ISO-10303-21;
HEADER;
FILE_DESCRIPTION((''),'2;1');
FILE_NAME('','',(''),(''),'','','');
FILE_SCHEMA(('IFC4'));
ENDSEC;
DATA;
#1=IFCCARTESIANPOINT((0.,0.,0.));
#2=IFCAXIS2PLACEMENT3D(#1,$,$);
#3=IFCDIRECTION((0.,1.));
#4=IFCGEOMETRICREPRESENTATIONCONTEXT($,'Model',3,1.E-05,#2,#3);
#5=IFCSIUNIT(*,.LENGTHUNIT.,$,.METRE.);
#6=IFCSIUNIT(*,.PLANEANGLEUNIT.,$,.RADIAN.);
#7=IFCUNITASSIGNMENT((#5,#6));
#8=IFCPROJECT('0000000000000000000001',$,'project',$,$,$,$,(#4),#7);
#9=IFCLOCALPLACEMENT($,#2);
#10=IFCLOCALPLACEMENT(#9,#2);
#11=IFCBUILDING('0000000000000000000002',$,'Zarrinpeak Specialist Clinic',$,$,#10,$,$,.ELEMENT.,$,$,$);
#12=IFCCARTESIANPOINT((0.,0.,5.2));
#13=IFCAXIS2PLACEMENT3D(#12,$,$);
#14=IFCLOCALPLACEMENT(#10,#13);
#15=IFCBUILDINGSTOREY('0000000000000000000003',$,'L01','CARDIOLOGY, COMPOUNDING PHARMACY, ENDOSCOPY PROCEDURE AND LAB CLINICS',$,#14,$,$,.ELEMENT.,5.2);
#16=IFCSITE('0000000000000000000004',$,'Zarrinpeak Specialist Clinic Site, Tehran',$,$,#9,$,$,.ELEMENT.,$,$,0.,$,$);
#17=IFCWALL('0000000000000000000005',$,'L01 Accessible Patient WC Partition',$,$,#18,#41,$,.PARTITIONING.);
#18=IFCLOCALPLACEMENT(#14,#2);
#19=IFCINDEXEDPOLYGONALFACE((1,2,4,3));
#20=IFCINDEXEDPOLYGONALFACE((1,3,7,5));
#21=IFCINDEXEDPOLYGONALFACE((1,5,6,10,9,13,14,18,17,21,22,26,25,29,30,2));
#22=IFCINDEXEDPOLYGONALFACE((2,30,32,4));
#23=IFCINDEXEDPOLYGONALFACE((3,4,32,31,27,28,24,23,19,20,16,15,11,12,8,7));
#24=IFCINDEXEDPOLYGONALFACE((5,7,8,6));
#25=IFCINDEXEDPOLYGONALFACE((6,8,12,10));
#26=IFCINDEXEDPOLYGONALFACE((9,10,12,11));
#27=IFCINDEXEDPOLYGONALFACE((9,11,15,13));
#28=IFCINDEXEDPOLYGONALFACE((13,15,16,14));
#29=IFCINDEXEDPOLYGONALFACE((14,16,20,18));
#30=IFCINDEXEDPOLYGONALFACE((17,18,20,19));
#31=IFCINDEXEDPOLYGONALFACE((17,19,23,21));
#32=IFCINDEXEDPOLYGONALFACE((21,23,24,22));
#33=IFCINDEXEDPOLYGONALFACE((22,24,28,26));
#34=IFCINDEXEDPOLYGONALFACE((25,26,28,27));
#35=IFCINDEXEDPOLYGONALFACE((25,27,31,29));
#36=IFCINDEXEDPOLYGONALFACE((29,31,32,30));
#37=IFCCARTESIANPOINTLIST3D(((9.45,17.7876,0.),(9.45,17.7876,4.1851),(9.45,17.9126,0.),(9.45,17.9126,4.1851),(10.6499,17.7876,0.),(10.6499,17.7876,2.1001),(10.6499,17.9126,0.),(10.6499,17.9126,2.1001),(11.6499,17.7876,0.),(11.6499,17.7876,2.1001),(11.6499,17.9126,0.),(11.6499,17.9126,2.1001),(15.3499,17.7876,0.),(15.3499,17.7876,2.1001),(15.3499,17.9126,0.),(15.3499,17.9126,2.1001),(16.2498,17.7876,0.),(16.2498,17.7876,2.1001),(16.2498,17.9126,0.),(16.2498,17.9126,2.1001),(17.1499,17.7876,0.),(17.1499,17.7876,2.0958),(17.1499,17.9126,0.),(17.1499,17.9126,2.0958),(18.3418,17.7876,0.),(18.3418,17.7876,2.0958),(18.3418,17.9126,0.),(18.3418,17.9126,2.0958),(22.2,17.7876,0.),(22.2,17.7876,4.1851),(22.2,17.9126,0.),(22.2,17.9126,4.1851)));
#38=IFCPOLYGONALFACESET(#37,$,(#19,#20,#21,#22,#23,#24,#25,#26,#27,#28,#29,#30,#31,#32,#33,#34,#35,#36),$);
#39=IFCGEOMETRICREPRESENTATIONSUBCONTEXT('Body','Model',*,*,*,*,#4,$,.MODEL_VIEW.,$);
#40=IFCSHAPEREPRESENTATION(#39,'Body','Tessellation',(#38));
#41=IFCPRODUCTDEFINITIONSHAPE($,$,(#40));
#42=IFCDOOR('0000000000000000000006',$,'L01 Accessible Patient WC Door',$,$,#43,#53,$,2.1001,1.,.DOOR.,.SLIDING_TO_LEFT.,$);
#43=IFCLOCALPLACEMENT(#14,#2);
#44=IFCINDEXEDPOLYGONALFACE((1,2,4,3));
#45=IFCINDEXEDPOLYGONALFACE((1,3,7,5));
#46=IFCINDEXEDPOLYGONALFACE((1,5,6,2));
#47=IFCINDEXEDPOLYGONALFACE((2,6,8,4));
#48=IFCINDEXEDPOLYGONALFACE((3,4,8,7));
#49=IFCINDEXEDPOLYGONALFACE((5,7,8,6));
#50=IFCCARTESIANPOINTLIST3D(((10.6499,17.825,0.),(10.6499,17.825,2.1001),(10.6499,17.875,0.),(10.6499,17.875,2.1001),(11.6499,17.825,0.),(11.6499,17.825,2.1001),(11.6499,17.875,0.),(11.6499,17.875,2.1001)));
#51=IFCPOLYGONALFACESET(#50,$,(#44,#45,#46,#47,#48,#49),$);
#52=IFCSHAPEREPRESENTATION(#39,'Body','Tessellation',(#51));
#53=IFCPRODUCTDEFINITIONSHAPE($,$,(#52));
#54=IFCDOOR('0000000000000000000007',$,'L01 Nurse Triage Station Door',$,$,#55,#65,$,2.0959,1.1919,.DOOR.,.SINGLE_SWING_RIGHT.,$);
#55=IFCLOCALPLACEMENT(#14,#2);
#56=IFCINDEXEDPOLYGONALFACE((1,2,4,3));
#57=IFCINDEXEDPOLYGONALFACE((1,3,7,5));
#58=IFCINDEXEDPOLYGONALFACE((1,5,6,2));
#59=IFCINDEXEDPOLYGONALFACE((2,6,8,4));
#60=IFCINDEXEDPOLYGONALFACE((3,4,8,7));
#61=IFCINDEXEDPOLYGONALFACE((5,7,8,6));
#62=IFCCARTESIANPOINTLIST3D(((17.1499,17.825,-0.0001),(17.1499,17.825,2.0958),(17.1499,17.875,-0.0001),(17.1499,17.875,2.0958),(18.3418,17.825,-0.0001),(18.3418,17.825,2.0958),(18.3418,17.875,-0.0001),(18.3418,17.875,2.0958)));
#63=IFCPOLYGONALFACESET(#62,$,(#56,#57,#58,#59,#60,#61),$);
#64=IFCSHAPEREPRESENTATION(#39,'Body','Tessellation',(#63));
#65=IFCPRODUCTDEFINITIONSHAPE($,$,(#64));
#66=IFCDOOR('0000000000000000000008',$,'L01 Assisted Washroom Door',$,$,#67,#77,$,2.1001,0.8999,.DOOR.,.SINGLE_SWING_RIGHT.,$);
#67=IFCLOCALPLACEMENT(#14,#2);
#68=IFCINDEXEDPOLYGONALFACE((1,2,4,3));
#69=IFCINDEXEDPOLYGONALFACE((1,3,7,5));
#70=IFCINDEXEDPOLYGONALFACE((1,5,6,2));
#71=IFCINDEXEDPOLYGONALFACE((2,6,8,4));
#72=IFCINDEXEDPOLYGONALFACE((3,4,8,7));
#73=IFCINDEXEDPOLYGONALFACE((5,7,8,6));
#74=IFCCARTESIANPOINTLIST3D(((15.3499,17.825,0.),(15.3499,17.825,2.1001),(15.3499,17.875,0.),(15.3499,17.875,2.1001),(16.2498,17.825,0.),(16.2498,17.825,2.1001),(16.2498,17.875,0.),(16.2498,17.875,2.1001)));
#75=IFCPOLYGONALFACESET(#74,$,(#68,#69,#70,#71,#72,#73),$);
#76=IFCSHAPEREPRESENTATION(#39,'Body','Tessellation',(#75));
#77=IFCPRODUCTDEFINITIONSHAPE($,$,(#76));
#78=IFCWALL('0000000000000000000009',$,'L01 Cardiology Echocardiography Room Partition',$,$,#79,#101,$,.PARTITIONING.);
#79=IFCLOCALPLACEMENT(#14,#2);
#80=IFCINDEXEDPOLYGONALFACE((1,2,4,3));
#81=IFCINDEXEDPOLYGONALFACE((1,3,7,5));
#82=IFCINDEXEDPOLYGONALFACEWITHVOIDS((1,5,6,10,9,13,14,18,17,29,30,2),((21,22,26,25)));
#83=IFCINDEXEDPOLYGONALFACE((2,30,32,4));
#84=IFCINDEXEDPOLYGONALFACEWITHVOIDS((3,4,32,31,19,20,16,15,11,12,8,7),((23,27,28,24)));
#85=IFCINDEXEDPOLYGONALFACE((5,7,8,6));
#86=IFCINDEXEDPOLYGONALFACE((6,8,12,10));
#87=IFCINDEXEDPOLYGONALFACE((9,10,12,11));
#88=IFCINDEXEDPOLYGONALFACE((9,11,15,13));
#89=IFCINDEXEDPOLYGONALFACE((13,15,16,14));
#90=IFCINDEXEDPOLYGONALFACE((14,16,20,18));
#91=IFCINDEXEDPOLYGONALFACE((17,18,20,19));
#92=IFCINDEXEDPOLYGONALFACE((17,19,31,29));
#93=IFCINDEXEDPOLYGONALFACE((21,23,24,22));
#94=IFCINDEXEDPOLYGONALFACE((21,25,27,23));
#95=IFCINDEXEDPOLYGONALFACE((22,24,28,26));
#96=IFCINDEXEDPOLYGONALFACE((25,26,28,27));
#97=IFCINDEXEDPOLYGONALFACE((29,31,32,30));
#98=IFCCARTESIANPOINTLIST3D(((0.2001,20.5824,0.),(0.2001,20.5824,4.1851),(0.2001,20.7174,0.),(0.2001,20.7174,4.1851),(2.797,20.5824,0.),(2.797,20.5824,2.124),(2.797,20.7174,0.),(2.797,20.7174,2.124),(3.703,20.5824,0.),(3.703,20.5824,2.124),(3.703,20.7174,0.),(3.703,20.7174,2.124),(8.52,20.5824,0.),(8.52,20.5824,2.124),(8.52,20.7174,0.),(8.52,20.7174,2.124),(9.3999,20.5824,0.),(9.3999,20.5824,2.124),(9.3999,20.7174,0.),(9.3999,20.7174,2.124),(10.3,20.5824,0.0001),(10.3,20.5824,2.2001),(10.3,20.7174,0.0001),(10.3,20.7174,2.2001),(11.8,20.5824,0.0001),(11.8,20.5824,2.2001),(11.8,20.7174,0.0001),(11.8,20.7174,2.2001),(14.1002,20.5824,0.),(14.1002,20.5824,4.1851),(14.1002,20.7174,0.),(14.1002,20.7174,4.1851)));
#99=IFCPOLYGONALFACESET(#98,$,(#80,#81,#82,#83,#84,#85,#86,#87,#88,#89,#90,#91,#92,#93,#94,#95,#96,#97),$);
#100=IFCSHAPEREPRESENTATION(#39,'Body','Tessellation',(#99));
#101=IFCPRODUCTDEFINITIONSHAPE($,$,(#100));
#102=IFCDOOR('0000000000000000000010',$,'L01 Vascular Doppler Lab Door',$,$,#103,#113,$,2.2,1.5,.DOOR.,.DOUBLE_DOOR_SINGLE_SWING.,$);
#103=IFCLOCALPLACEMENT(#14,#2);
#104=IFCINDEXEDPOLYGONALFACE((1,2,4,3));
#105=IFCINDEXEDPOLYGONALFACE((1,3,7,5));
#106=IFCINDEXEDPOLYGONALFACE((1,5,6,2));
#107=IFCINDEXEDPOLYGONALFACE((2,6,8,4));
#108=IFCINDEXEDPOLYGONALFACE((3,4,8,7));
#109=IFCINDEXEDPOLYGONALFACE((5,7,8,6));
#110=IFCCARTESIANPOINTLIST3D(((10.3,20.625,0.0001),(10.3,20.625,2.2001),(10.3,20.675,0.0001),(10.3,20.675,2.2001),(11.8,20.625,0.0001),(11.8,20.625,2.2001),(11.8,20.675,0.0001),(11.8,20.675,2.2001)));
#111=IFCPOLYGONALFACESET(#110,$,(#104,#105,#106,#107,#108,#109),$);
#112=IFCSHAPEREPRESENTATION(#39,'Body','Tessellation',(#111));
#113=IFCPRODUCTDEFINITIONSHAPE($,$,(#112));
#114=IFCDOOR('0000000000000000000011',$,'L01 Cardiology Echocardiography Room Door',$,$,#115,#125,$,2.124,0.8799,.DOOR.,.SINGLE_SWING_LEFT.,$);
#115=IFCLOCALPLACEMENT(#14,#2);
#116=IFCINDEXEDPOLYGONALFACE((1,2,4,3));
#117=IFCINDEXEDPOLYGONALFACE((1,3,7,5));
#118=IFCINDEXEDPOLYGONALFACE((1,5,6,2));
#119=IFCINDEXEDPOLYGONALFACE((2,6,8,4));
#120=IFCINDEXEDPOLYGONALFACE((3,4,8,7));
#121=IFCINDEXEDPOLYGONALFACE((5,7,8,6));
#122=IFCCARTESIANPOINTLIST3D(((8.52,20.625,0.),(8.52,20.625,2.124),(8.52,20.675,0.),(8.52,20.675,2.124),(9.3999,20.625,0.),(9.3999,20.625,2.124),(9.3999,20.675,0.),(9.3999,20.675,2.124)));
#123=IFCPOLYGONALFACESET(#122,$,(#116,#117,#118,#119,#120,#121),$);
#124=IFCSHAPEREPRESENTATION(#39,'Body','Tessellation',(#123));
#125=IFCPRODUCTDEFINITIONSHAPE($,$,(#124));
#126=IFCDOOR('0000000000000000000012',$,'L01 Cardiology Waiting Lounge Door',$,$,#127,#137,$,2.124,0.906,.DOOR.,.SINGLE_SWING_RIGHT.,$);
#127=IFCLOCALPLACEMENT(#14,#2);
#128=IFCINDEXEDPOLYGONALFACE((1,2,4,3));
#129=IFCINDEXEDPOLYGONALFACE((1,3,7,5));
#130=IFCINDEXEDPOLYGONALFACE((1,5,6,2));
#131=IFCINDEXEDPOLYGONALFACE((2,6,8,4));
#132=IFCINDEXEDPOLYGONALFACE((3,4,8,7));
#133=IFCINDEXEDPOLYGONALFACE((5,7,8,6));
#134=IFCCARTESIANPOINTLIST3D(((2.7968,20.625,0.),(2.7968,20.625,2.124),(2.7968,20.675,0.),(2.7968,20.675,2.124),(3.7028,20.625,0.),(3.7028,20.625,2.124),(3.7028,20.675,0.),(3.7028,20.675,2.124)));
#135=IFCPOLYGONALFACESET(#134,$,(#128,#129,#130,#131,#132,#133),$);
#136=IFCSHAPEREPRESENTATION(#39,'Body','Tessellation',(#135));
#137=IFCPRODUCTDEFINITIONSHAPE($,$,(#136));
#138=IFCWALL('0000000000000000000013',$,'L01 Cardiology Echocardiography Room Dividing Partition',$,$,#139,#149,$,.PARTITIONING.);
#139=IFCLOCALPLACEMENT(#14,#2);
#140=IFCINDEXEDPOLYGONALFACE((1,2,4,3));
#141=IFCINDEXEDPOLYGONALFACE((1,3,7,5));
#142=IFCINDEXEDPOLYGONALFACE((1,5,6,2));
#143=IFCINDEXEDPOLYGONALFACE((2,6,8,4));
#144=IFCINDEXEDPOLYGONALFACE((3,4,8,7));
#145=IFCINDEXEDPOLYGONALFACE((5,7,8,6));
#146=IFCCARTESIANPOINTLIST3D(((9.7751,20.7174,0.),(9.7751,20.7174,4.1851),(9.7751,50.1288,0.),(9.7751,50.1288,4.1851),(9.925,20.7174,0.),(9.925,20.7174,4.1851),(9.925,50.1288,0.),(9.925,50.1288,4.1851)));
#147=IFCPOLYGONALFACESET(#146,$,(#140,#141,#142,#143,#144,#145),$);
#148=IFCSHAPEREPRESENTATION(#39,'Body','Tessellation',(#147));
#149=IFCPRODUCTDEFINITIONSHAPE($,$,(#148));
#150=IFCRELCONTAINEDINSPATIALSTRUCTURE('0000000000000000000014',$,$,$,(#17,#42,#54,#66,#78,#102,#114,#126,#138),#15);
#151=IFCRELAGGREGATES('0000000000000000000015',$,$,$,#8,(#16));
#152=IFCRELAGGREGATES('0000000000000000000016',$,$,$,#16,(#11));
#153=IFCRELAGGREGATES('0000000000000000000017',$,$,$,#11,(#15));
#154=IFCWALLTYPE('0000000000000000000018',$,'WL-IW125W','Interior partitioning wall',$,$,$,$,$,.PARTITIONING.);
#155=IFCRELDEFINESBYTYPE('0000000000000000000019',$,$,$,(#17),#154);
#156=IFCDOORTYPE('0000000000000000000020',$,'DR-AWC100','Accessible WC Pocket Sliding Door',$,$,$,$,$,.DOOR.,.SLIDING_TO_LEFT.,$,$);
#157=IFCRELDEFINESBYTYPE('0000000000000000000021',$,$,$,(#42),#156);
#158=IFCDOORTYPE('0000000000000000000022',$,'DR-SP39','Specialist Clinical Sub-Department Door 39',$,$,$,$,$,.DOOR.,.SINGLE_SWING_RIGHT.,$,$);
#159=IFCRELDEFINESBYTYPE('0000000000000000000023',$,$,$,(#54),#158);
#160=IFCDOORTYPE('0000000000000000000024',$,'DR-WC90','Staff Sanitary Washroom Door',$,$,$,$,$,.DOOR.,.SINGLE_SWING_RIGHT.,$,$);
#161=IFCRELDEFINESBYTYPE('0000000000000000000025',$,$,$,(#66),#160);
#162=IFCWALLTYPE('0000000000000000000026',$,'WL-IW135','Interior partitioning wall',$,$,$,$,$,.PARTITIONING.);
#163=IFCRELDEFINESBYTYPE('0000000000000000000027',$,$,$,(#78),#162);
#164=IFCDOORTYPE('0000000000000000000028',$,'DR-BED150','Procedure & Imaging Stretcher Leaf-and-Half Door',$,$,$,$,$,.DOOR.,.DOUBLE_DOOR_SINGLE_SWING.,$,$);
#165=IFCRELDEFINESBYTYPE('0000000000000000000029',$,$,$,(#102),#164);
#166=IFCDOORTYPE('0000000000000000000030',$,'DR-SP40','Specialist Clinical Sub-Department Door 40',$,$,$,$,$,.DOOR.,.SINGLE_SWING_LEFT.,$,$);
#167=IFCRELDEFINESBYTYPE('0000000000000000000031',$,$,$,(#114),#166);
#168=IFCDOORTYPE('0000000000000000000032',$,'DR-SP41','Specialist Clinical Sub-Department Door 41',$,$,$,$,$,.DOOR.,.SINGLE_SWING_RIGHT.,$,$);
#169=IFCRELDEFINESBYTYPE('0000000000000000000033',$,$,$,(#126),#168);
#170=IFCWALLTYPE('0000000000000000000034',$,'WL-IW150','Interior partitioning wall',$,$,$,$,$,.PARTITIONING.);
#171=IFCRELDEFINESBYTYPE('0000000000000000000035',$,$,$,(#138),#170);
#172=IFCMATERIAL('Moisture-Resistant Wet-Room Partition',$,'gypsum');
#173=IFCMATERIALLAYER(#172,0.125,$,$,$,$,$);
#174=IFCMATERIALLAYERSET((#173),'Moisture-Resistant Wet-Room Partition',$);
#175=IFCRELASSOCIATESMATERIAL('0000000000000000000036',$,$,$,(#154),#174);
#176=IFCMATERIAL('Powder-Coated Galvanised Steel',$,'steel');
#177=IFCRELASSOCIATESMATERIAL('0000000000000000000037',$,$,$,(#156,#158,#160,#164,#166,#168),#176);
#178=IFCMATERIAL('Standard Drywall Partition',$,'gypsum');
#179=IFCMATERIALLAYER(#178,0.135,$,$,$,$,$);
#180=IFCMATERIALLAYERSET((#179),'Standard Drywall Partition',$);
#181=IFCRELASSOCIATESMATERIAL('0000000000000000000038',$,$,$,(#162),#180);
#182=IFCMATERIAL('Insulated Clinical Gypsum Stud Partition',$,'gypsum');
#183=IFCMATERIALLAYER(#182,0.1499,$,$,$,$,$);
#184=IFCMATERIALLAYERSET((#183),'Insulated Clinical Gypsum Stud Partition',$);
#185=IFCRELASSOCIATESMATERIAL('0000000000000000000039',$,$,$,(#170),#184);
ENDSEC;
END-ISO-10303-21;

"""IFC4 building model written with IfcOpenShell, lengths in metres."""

from ifc_helpers import new_model, si_unit, direction, frame, frame_2d, origin, place, context, subcontext, project, spatial, rectangle, extrude, material, layer, layer_set, type_object, element, fill, save


model = new_model("IFC4")

# Units and contexts
model_context = context("Model", 3, precision=1e-05, world=origin(), true_north=direction((0.0, 1.0)))
body_context = subcontext(model_context, "Body", "Model", "MODEL_VIEW")
ifc_project = project(units=[si_unit("LENGTHUNIT", "METRE"), si_unit("PLANEANGLEUNIT", "RADIAN")], contexts=[model_context])

# Site, building, storey
site_placement = place(None, origin())
site = spatial("IfcSite", under=ifc_project, at=site_placement, Name="Zarrinpeak Specialist Clinic Site, Tehran", CompositionType="ELEMENT", RefElevation=0.0)
building_placement = place(site_placement, origin())
building = spatial("IfcBuilding", under=site, at=building_placement, Name="Zarrinpeak Specialist Clinic", CompositionType="ELEMENT")
storey_placement = place(building_placement, frame((0.0, 0.0, 5.2)))
storey = spatial("IfcBuildingStorey", under=building, at=storey_placement, Name="L01", Description="CARDIOLOGY, COMPOUNDING PHARMACY, ENDOSCOPY PROCEDURE AND LAB CLINICS", CompositionType="ELEMENT", Elevation=5.2)

# Walls, openings, doors
ifc_material_1 = material(Name="Moisture-Resistant Wet-Room Partition", Category="gypsum")
ifc_layer_1 = layer(ifc_material_1, 0.125)
ifc_layer_set_1 = layer_set([ifc_layer_1], Name="Moisture-Resistant Wet-Room Partition")
wall_type_1 = type_object("IfcWallType", Name="WL-IW125W", Description="Interior partitioning wall", PredefinedType="PARTITIONING", material=ifc_layer_set_1)
wall_1_placement = place(storey_placement, frame((9.45, 17.8501, 0.0), z_axis=(0.0, 0.0, 1.0), x_axis=(1.0, 0.0, 0.0)))
wall_1 = element("IfcWall", 1, at=wall_1_placement, inside=storey, type_object=wall_type_1, Name="L01 Accessible Patient WC Partition", PredefinedType="PARTITIONING", context=body_context, shape_type="SweptSolid", body=[
    extrude(rectangle(XDim=12.75, YDim=0.125, at=frame_2d((6.375, 0.0))), origin(), (0.0, 0.0, 1.0), 4.1851),
])
opening_1_placement = place(wall_1_placement, frame((1.2, 0.0, 0.0)))
opening_1 = element("IfcOpeningElement", 2, at=opening_1_placement, cuts=wall_1, PredefinedType="OPENING", context=body_context, shape_type="SweptSolid", body=[
    extrude(rectangle(XDim=1.0, YDim=2.1001, at=frame_2d((0.5, 1.05))), frame((0.0, 0.0725, 0.0), z_axis=(0.0, -1.0, 0.0), x_axis=(1.0, 0.0, 0.0)), (0.0, 0.0, 1.0), 0.145),
])
opening_2_placement = place(wall_1_placement, frame((5.8999, 0.0, 0.0)))
opening_2 = element("IfcOpeningElement", 3, at=opening_2_placement, cuts=wall_1, PredefinedType="OPENING", context=body_context, shape_type="SweptSolid", body=[
    extrude(rectangle(XDim=0.8999, YDim=2.1001, at=frame_2d((0.45, 1.05))), frame((0.0, 0.0725, 0.0), z_axis=(0.0, -1.0, 0.0), x_axis=(1.0, 0.0, 0.0)), (0.0, 0.0, 1.0), 0.145),
])
opening_3_placement = place(wall_1_placement, frame((7.7, 0.0, 0.0)))
opening_3 = element("IfcOpeningElement", 4, at=opening_3_placement, cuts=wall_1, PredefinedType="OPENING", context=body_context, shape_type="SweptSolid", body=[
    extrude(rectangle(XDim=1.1919, YDim=2.0959, at=frame_2d((0.5959, 1.0479))), frame((0.0, 0.0725, 0.0), z_axis=(0.0, -1.0, 0.0), x_axis=(1.0, 0.0, 0.0)), (0.0, 0.0, 1.0), 0.145),
])
ifc_material_2 = material(Name="Powder-Coated Galvanised Steel", Category="steel")
door_type_1 = type_object("IfcDoorType", Name="DR-AWC100", Description="Accessible WC Pocket Sliding Door", OperationType="SLIDING_TO_LEFT", PredefinedType="DOOR", material=ifc_material_2)
door_1_placement = place(opening_1_placement, origin())
door_1 = element("IfcDoor", 5, at=door_1_placement, inside=storey, type_object=door_type_1, Name="L01 Accessible Patient WC Door", OperationType="SLIDING_TO_LEFT", OverallHeight=2.1001, OverallWidth=1.0, PredefinedType="DOOR", context=body_context, shape_type="SweptSolid", body=[
    extrude(rectangle(XDim=1.0, YDim=2.1001, at=frame_2d((0.5, 1.05))), frame((0.0, 0.0249, 0.0), z_axis=(0.0, -1.0, 0.0), x_axis=(1.0, 0.0, 0.0)), (0.0, 0.0, 1.0), 0.05),
])
fill(opening_1, door_1)
door_type_2 = type_object("IfcDoorType", Name="DR-SP39", Description="Specialist Clinical Sub-Department Door 39", OperationType="SINGLE_SWING_RIGHT", PredefinedType="DOOR", material=ifc_material_2)
door_2_placement = place(opening_3_placement, origin())
door_2 = element("IfcDoor", 6, at=door_2_placement, inside=storey, type_object=door_type_2, Name="L01 Nurse Triage Station Door", OperationType="SINGLE_SWING_RIGHT", OverallHeight=2.0959, OverallWidth=1.1919, PredefinedType="DOOR", context=body_context, shape_type="SweptSolid", body=[
    extrude(rectangle(XDim=1.1919, YDim=2.0959, at=frame_2d((0.5959, 1.0479))), frame((0.0, 0.0249, 0.0), z_axis=(0.0, -1.0, 0.0), x_axis=(1.0, 0.0, 0.0)), (0.0, 0.0, 1.0), 0.05),
])
fill(opening_3, door_2)
door_type_3 = type_object("IfcDoorType", Name="DR-WC90", Description="Staff Sanitary Washroom Door", OperationType="SINGLE_SWING_RIGHT", PredefinedType="DOOR", material=ifc_material_2)
door_3_placement = place(opening_2_placement, origin())
door_3 = element("IfcDoor", 7, at=door_3_placement, inside=storey, type_object=door_type_3, Name="L01 Assisted Washroom Door", OperationType="SINGLE_SWING_RIGHT", OverallHeight=2.1001, OverallWidth=0.8999, PredefinedType="DOOR", context=body_context, shape_type="SweptSolid", body=[
    extrude(rectangle(XDim=0.8999, YDim=2.1001, at=frame_2d((0.45, 1.05))), frame((0.0, 0.0249, 0.0), z_axis=(0.0, -1.0, 0.0), x_axis=(1.0, 0.0, 0.0)), (0.0, 0.0, 1.0), 0.05),
])
fill(opening_2, door_3)
ifc_material_3 = material(Name="Standard Drywall Partition", Category="gypsum")
ifc_layer_2 = layer(ifc_material_3, 0.135)
ifc_layer_set_2 = layer_set([ifc_layer_2], Name="Standard Drywall Partition")
wall_type_2 = type_object("IfcWallType", Name="WL-IW135", Description="Interior partitioning wall", PredefinedType="PARTITIONING", material=ifc_layer_set_2)
wall_2_placement = place(storey_placement, frame((0.2, 20.6499, 0.0), z_axis=(0.0, 0.0, 1.0), x_axis=(1.0, 0.0, 0.0)))
wall_2 = element("IfcWall", 8, at=wall_2_placement, inside=storey, type_object=wall_type_2, Name="L01 Cardiology Echocardiography Room Partition", PredefinedType="PARTITIONING", context=body_context, shape_type="SweptSolid", body=[
    extrude(rectangle(XDim=13.9001, YDim=0.135, at=frame_2d((6.9502, 0.0))), origin(), (0.0, 0.0, 1.0), 4.1851),
])
opening_4_placement = place(wall_2_placement, frame((8.3201, 0.0, 0.0)))
opening_4 = element("IfcOpeningElement", 9, at=opening_4_placement, cuts=wall_2, PredefinedType="OPENING", context=body_context, shape_type="SweptSolid", body=[
    extrude(rectangle(XDim=0.8799, YDim=2.124, at=frame_2d((0.4399, 1.062))), frame((0.0, 0.0776, 0.0), z_axis=(0.0, -1.0, 0.0), x_axis=(1.0, 0.0, 0.0)), (0.0, 0.0, 1.0), 0.155),
])
opening_5_placement = place(wall_2_placement, frame((10.1001, 0.0, 0.0)))
opening_5 = element("IfcOpeningElement", 10, at=opening_5_placement, cuts=wall_2, PredefinedType="OPENING", context=body_context, shape_type="SweptSolid", body=[
    extrude(rectangle(XDim=1.5, YDim=2.2, at=frame_2d((0.75, 1.1001))), frame((0.0, 0.0776, 0.0), z_axis=(0.0, -1.0, 0.0), x_axis=(1.0, 0.0, 0.0)), (0.0, 0.0, 1.0), 0.155),
])
opening_6_placement = place(wall_2_placement, frame((2.5969, 0.0, 0.0)))
opening_6 = element("IfcOpeningElement", 11, at=opening_6_placement, cuts=wall_2, PredefinedType="OPENING", context=body_context, shape_type="SweptSolid", body=[
    extrude(rectangle(XDim=0.906, YDim=2.124, at=frame_2d((0.4531, 1.062))), frame((0.0, 0.0776, 0.0), z_axis=(0.0, -1.0, 0.0), x_axis=(1.0, 0.0, 0.0)), (0.0, 0.0, 1.0), 0.155),
])
door_type_4 = type_object("IfcDoorType", Name="DR-BED150", Description="Procedure & Imaging Stretcher Leaf-and-Half Door", OperationType="DOUBLE_DOOR_SINGLE_SWING", PredefinedType="DOOR", material=ifc_material_2)
door_4_placement = place(opening_5_placement, frame((1.5, 0.0, 0.0), z_axis=(0.0, 0.0, 1.0), x_axis=(-1.0, 0.0, 0.0)))
door_4 = element("IfcDoor", 12, at=door_4_placement, inside=storey, type_object=door_type_4, Name="L01 Vascular Doppler Lab Door", OperationType="DOUBLE_DOOR_SINGLE_SWING", OverallHeight=2.2, OverallWidth=1.5, PredefinedType="DOOR", context=body_context, shape_type="SweptSolid", body=[
    extrude(rectangle(XDim=1.5, YDim=2.2, at=frame_2d((0.75, 1.1001))), frame((0.0, 0.0249, 0.0), z_axis=(0.0, -1.0, 0.0), x_axis=(1.0, 0.0, 0.0)), (0.0, 0.0, 1.0), 0.05),
])
fill(opening_5, door_4)
door_type_5 = type_object("IfcDoorType", Name="DR-SP40", Description="Specialist Clinical Sub-Department Door 40", OperationType="SINGLE_SWING_LEFT", PredefinedType="DOOR", material=ifc_material_2)
door_5_placement = place(opening_4_placement, frame((0.8799, 0.0, 0.0), z_axis=(0.0, 0.0, 1.0), x_axis=(-1.0, 0.0, 0.0)))
door_5 = element("IfcDoor", 13, at=door_5_placement, inside=storey, type_object=door_type_5, Name="L01 Cardiology Echocardiography Room Door", OperationType="SINGLE_SWING_LEFT", OverallHeight=2.124, OverallWidth=0.8799, PredefinedType="DOOR", context=body_context, shape_type="SweptSolid", body=[
    extrude(rectangle(XDim=0.8799, YDim=2.124, at=frame_2d((0.4399, 1.062))), frame((0.0, 0.0249, 0.0), z_axis=(0.0, -1.0, 0.0), x_axis=(1.0, 0.0, 0.0)), (0.0, 0.0, 1.0), 0.05),
])
fill(opening_4, door_5)
door_type_6 = type_object("IfcDoorType", Name="DR-SP41", Description="Specialist Clinical Sub-Department Door 41", OperationType="SINGLE_SWING_RIGHT", PredefinedType="DOOR", material=ifc_material_2)
door_6_placement = place(opening_6_placement, frame((0.906, 0.0, 0.0), z_axis=(0.0, 0.0, 1.0), x_axis=(-1.0, 0.0, 0.0)))
door_6 = element("IfcDoor", 14, at=door_6_placement, inside=storey, type_object=door_type_6, Name="L01 Cardiology Waiting Lounge Door", OperationType="SINGLE_SWING_RIGHT", OverallHeight=2.124, OverallWidth=0.906, PredefinedType="DOOR", context=body_context, shape_type="SweptSolid", body=[
    extrude(rectangle(XDim=0.906, YDim=2.124, at=frame_2d((0.4531, 1.062))), frame((0.0, 0.0249, 0.0), z_axis=(0.0, -1.0, 0.0), x_axis=(1.0, 0.0, 0.0)), (0.0, 0.0, 1.0), 0.05),
])
fill(opening_6, door_6)

# Wall
ifc_material_4 = material(Name="Insulated Clinical Gypsum Stud Partition", Category="gypsum")
ifc_layer_3 = layer(ifc_material_4, 0.1499)
ifc_layer_set_3 = layer_set([ifc_layer_3], Name="Insulated Clinical Gypsum Stud Partition")
wall_type_3 = type_object("IfcWallType", Name="WL-IW150", Description="Interior partitioning wall", PredefinedType="PARTITIONING", material=ifc_layer_set_3)
wall_3_placement = place(storey_placement, frame((9.8501, 20.7175, 0.0), z_axis=(0.0, 0.0, 1.0), x_axis=(0.0, 1.0, 0.0)))
element("IfcWall", 15, at=wall_3_placement, inside=storey, type_object=wall_type_3, Name="L01 Cardiology Echocardiography Room Dividing Partition", PredefinedType="PARTITIONING", context=body_context, shape_type="SweptSolid", body=[
    extrude(rectangle(XDim=29.4114, YDim=0.1499, at=frame_2d((14.7056, 0.0))), origin(), (0.0, 0.0, 1.0), 4.1851),
])

save(model, "model.ifc")
